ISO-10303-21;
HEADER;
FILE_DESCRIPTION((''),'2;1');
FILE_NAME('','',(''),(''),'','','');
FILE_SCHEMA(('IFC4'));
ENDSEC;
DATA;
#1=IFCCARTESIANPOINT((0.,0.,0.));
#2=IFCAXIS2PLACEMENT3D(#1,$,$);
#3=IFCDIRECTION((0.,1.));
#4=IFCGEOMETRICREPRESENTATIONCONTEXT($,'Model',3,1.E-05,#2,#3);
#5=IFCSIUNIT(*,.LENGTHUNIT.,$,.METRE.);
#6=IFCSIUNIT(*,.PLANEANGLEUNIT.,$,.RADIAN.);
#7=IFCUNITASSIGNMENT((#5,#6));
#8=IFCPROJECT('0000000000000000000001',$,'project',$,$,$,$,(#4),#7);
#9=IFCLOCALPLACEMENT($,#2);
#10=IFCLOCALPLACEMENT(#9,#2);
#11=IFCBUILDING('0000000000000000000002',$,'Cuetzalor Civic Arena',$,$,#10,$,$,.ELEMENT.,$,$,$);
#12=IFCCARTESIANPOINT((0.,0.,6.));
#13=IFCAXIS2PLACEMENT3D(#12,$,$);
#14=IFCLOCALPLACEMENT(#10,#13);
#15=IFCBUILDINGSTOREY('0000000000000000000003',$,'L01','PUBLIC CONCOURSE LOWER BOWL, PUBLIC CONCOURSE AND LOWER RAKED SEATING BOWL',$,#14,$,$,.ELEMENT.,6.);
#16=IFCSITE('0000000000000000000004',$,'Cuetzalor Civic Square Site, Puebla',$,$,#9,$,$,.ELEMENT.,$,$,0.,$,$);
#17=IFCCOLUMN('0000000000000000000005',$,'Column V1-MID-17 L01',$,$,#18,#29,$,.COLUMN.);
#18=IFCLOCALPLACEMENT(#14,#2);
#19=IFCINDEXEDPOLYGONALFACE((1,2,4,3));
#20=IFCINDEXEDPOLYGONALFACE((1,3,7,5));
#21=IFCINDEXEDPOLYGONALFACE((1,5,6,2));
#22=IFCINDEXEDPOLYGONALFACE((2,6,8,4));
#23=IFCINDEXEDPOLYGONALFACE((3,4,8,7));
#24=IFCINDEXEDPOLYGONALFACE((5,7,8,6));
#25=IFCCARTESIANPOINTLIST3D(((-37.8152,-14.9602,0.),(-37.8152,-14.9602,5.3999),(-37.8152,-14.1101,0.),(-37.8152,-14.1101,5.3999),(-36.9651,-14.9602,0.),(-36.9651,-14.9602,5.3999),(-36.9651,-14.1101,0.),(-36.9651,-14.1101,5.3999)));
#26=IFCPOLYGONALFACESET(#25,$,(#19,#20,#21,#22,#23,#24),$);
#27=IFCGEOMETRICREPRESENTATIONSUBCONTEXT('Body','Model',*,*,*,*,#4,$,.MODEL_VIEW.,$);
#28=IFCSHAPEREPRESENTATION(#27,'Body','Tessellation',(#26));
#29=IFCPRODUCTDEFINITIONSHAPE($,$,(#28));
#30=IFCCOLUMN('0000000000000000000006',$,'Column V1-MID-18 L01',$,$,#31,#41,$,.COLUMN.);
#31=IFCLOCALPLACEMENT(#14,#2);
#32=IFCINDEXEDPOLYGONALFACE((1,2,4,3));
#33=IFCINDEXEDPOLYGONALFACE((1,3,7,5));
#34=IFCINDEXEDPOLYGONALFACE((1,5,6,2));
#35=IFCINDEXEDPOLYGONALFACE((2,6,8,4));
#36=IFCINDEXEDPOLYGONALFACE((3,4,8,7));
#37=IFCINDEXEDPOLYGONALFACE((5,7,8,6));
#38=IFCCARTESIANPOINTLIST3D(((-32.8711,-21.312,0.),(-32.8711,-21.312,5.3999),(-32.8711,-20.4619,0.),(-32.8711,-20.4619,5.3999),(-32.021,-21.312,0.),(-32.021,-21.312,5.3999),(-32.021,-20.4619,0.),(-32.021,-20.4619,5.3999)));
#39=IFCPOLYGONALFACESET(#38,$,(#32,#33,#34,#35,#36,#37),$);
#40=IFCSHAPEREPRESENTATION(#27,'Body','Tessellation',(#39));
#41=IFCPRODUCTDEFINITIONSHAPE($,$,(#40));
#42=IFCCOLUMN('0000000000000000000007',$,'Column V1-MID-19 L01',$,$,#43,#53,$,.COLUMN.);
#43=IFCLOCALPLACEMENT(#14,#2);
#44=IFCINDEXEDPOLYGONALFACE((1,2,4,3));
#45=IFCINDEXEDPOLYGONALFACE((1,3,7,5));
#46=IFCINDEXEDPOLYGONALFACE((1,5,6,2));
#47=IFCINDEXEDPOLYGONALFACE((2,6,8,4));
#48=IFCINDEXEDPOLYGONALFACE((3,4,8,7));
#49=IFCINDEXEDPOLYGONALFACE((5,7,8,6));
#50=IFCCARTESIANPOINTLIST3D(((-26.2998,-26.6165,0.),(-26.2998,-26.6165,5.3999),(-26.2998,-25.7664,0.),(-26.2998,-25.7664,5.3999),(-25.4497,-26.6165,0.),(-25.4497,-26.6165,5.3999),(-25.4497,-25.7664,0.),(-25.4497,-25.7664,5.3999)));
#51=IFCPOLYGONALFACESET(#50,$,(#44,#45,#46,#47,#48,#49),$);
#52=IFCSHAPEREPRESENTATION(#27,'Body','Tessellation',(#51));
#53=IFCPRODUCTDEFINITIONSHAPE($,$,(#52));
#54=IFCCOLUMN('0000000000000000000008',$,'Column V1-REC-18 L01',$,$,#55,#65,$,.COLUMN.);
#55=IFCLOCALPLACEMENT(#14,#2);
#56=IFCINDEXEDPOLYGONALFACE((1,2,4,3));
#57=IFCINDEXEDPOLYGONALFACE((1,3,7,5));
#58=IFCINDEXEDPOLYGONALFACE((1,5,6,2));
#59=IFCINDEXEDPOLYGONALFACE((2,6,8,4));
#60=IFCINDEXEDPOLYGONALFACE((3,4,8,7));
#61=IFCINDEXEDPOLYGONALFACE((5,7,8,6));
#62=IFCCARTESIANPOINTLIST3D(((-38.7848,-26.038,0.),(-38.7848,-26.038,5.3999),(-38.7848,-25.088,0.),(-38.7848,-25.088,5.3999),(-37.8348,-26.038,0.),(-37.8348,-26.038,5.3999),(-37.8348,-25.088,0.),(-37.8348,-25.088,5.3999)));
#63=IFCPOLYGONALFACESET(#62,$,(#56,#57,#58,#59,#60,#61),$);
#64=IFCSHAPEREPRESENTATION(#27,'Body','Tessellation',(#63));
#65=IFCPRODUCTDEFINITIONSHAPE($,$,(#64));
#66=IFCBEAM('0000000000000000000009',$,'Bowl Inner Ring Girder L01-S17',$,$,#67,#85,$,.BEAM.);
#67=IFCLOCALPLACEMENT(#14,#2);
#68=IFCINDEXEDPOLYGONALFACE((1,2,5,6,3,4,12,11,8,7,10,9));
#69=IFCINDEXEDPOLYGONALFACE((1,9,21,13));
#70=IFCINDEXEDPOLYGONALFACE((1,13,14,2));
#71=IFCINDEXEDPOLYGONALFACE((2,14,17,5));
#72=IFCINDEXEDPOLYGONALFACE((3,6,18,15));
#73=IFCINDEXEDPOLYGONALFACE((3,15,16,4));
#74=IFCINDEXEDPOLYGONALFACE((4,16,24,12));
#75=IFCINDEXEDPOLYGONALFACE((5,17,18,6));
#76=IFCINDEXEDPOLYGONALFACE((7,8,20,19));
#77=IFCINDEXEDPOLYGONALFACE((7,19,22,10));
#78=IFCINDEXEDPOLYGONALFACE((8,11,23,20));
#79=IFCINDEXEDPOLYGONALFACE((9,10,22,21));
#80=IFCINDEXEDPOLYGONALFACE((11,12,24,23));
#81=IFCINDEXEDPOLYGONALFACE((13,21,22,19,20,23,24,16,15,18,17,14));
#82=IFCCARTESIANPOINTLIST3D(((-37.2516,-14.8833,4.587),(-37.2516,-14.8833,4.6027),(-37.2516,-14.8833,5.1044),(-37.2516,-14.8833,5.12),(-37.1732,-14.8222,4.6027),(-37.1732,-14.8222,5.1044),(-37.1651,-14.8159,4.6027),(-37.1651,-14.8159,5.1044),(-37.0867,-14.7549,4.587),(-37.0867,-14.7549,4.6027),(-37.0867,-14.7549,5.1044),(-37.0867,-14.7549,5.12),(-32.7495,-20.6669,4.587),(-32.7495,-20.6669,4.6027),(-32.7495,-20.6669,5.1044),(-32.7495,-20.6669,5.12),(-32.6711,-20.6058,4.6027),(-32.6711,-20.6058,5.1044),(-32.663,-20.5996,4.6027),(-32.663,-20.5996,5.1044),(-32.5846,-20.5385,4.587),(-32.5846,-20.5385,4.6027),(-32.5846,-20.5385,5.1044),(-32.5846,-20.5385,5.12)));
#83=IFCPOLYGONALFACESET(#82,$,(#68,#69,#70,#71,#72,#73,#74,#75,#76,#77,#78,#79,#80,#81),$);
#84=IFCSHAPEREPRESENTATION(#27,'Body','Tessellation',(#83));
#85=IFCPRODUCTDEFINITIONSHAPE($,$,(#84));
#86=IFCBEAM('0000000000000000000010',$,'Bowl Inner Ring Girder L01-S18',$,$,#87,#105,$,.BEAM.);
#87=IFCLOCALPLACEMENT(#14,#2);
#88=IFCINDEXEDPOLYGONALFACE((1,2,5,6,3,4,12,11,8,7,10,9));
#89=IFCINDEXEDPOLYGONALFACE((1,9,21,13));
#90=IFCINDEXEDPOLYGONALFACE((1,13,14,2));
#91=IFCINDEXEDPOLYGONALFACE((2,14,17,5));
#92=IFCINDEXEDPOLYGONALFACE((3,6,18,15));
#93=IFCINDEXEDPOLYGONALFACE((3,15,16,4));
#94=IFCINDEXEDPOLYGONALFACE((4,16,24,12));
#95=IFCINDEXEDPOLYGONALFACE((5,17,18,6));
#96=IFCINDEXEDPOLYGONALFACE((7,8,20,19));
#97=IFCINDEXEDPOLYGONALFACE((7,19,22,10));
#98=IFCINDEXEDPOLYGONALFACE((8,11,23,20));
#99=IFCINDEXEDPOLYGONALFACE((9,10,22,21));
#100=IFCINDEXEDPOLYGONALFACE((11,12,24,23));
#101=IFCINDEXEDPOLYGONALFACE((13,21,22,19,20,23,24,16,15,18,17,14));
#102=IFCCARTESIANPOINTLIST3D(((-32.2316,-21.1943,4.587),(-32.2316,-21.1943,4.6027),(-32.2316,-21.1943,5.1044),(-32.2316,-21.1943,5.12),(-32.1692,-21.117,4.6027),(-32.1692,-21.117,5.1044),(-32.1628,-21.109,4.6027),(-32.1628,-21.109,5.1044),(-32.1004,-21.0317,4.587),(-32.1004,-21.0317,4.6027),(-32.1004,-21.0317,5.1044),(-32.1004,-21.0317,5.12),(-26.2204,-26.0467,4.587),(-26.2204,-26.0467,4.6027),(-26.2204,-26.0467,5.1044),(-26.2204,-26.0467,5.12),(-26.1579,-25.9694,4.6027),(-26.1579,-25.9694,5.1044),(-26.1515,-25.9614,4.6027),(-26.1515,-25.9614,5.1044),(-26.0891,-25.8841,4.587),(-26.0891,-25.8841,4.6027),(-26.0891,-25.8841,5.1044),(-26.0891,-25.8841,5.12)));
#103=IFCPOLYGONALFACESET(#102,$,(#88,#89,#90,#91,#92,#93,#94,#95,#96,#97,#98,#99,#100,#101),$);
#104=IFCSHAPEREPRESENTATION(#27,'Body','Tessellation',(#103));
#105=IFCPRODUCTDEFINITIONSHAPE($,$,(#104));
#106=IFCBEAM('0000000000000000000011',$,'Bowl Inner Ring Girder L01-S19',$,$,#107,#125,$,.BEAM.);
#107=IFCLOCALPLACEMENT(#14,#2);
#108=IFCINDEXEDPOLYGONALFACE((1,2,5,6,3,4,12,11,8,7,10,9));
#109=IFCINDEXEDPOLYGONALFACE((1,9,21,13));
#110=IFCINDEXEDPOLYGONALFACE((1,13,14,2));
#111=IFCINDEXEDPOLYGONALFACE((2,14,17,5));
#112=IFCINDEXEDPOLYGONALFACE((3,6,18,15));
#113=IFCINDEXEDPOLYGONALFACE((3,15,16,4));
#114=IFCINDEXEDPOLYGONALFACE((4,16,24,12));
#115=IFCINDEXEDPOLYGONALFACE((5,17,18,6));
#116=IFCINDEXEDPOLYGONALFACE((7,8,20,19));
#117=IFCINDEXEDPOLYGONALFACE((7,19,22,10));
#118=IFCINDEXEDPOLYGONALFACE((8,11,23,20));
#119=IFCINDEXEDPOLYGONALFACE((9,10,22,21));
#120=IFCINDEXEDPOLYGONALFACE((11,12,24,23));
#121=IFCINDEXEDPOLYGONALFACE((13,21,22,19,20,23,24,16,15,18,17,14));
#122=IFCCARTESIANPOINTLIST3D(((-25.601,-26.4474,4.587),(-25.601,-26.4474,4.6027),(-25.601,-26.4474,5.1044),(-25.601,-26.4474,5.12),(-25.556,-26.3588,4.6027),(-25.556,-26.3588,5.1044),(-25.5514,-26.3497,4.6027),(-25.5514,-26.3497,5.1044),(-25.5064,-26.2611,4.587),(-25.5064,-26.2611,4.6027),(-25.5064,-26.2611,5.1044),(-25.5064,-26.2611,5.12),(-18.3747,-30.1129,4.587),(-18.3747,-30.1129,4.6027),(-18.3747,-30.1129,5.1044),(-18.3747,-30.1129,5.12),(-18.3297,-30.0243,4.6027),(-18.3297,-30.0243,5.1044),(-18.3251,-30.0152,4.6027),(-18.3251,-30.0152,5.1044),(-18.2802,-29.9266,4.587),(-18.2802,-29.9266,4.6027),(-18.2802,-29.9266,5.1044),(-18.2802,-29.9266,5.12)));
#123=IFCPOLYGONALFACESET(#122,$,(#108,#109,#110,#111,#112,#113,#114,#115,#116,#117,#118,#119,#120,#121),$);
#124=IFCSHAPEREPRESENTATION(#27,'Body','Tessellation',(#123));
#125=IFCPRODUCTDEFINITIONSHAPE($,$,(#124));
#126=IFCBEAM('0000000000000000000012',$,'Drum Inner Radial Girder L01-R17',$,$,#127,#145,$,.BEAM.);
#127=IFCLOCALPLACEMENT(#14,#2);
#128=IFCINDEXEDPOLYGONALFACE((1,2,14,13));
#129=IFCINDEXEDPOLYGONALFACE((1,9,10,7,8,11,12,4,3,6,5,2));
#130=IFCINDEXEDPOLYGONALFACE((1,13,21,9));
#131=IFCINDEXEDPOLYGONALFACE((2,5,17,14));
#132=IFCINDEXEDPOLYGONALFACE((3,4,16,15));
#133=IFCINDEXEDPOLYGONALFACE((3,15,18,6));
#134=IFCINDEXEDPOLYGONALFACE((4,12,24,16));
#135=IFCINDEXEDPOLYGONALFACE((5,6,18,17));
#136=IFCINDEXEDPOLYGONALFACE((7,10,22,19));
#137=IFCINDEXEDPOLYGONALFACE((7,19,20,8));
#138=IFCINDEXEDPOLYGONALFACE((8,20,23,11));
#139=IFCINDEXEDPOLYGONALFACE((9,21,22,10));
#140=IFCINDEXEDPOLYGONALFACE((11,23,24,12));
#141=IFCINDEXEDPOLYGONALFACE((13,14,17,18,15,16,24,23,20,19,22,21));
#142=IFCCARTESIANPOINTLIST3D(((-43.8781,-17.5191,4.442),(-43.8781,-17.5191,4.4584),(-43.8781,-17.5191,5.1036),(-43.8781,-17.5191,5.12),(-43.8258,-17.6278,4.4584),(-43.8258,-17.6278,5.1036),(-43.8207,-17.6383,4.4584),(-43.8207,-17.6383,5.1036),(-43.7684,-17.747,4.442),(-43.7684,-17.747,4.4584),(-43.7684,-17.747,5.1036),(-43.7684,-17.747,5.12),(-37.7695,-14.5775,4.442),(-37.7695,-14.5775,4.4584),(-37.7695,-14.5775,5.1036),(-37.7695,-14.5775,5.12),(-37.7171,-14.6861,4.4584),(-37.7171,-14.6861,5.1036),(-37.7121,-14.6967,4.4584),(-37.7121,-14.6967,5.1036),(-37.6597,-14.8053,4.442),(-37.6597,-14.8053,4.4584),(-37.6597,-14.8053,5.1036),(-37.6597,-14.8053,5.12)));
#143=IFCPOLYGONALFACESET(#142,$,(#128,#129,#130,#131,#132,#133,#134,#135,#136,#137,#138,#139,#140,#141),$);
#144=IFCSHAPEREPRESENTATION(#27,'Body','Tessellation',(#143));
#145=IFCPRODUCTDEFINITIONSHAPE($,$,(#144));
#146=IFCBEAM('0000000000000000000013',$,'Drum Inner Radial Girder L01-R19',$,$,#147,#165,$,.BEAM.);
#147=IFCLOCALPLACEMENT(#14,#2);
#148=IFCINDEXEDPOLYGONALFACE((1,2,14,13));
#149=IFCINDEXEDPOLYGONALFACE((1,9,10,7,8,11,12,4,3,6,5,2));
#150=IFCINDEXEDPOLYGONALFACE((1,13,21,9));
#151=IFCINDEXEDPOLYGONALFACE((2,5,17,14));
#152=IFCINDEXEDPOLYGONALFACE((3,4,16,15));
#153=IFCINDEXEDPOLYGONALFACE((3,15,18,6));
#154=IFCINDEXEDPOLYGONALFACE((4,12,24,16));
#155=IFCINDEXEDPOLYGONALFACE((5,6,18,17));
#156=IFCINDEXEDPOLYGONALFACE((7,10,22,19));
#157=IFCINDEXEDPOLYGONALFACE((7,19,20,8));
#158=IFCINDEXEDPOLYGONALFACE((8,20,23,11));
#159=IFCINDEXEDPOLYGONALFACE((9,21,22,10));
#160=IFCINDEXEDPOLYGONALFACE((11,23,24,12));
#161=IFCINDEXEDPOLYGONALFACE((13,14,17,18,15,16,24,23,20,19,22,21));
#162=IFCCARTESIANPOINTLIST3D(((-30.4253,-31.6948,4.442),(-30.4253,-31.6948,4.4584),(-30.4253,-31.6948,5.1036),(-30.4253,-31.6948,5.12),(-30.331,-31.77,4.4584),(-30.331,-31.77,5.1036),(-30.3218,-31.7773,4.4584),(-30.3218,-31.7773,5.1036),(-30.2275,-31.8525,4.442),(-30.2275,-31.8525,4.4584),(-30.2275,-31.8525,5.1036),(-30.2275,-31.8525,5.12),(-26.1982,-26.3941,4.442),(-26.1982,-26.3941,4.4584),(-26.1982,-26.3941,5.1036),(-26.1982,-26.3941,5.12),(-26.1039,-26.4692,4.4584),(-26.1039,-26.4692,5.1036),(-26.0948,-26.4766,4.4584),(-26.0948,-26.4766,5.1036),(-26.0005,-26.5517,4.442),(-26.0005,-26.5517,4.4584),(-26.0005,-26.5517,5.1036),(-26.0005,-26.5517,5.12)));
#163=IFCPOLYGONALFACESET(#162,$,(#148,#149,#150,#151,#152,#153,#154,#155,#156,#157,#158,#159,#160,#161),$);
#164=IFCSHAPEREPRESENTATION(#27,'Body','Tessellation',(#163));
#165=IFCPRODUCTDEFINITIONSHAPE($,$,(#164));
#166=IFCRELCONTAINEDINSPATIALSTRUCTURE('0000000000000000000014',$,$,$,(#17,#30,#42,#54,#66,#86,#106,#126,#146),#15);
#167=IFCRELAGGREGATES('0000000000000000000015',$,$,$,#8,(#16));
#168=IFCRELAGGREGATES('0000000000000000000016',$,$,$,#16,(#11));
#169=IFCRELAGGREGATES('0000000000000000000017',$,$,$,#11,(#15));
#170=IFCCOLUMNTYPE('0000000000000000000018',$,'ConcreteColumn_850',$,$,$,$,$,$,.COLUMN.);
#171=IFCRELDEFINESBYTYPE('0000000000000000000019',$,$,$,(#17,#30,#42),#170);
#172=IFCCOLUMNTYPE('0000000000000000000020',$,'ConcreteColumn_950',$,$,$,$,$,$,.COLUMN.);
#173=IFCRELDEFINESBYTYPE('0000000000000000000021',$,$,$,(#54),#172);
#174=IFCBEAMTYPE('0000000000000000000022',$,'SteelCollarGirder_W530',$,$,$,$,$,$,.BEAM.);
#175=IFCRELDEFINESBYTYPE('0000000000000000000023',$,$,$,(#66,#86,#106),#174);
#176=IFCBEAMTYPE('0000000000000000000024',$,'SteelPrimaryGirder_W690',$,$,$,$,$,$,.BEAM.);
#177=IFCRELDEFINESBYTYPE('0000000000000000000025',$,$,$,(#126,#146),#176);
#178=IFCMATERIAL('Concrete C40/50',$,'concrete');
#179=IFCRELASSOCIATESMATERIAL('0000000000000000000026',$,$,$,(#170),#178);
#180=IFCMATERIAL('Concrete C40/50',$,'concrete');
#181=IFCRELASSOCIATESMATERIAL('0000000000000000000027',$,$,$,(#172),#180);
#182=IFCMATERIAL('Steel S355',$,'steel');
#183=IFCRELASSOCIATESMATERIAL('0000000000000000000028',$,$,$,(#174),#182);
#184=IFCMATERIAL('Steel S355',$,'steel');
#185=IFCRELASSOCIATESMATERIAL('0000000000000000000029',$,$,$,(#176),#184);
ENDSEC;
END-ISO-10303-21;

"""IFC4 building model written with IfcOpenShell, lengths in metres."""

from ifc_helpers import new_model, si_unit, direction, frame, origin, origin_2d, place, context, subcontext, project, spatial, rectangle, i_section, extrude, material, material_profile, profile_set, type_object, element, save


model = new_model("IFC4")

# Units and contexts
model_context = context("Model", 3, precision=1e-05, world=origin(), true_north=direction((0.0, 1.0)))
body_context = subcontext(model_context, "Body", "Model", "MODEL_VIEW")
ifc_project = project(units=[si_unit("LENGTHUNIT", "METRE"), si_unit("PLANEANGLEUNIT", "RADIAN")], contexts=[model_context])

# Site, building, storey
site_placement = place(None, origin())
site = spatial("IfcSite", under=ifc_project, at=site_placement, Name="Cuetzalor Civic Square Site, Puebla", CompositionType="ELEMENT", RefElevation=0.0)
building_placement = place(site_placement, origin())
building = spatial("IfcBuilding", under=site, at=building_placement, Name="Cuetzalor Civic Arena", CompositionType="ELEMENT")
storey_placement = place(building_placement, frame((0.0, 0.0, 6.0)))
storey = spatial("IfcBuildingStorey", under=building, at=storey_placement, Name="L01", Description="PUBLIC CONCOURSE LOWER BOWL, PUBLIC CONCOURSE AND LOWER RAKED SEATING BOWL", CompositionType="ELEMENT", Elevation=6.0)

# Columns
ifc_material_1 = material(Name="Concrete C40/50", Category="concrete")
ifc_material_profile_1 = material_profile(ifc_material_1, rectangle(XDim=0.8501, YDim=0.8501, at=origin_2d()), Name="RC 850x850")
ifc_profile_set_1 = profile_set([ifc_material_profile_1], Name="Concrete C40/50")
column_type_1 = type_object("IfcColumnType", Name="ConcreteColumn_850", PredefinedType="COLUMN", material=ifc_profile_set_1)
for number, where, z_axis, x_axis, name in (
    (1, (-37.3901, -14.5352, 0.0), (0.0, 0.0, 1.0), (1.0, 0.0, 0.0), "Column V1-MID-17 L01"),
    (2, (-32.446, -20.887, 0.0), (0.0, 0.0, 1.0), (1.0, 0.0, 0.0), "Column V1-MID-18 L01"),
    (3, (-25.8748, -26.1914, 0.0), (0.0, 0.0, 1.0), (1.0, 0.0, 0.0), "Column V1-MID-19 L01"),
):
    element("IfcColumn", number, at=place(storey_placement, frame(where, z_axis=z_axis, x_axis=x_axis)), inside=storey, type_object=column_type_1, Name=name, PredefinedType="COLUMN", context=body_context, shape_type="SweptSolid", body=[
        extrude(rectangle(XDim=0.8501, YDim=0.8501, at=origin_2d()), origin(), (0.0, 0.0, 1.0), 5.3999),
    ])
ifc_material_2 = material(Name="Concrete C40/50", Category="concrete")
ifc_material_profile_2 = material_profile(ifc_material_2, rectangle(XDim=0.95, YDim=0.95, at=origin_2d()), Name="RC 950x950")
ifc_profile_set_2 = profile_set([ifc_material_profile_2], Name="Concrete C40/50")
column_type_2 = type_object("IfcColumnType", Name="ConcreteColumn_950", PredefinedType="COLUMN", material=ifc_profile_set_2)
column_placement = place(storey_placement, frame((-38.3098, -25.563, 0.0), z_axis=(0.0, 0.0, 1.0), x_axis=(1.0, 0.0, 0.0)))
element("IfcColumn", 4, at=column_placement, inside=storey, type_object=column_type_2, Name="Column V1-REC-18 L01", PredefinedType="COLUMN", context=body_context, shape_type="SweptSolid", body=[
    extrude(rectangle(XDim=0.95, YDim=0.95, at=origin_2d()), origin(), (0.0, 0.0, 1.0), 5.3999),
])

# Beams
ifc_material_3 = material(Name="Steel S355", Category="steel")
ifc_material_profile_3 = material_profile(ifc_material_3, i_section(OverallWidth=0.209, OverallDepth=0.533, WebThickness=0.0103, FlangeThickness=0.0156, at=origin_2d()), Name="W530x92")
ifc_profile_set_3 = profile_set([ifc_material_profile_3], Name="Steel S355")
beam_type_1 = type_object("IfcBeamType", Name="SteelCollarGirder_W530", PredefinedType="BEAM", material=ifc_profile_set_3)
beam_1_placement = place(storey_placement, frame((-37.1692, -14.8191, 4.8535), z_axis=(0.614261, -0.789103, 0.0), x_axis=(0.789103, 0.614261, 0.0)))
element("IfcBeam", 5, at=beam_1_placement, inside=storey, type_object=beam_type_1, Name="Bowl Inner Ring Girder L01-S17", PredefinedType="BEAM", context=body_context, shape_type="SweptSolid", body=[
    extrude(i_section(OverallWidth=0.209, OverallDepth=0.533, WebThickness=0.0103, FlangeThickness=0.0156, at=origin_2d()), origin(), (0.0, 0.0, 1.0), 7.3293),
])
beam_2_placement = place(storey_placement, frame((-32.166, -21.113, 4.8535), z_axis=(0.778127, -0.628108, 0.0), x_axis=(0.628108, 0.778127, 0.0)))
element("IfcBeam", 6, at=beam_2_placement, inside=storey, type_object=beam_type_1, Name="Bowl Inner Ring Girder L01-S18", PredefinedType="BEAM", context=body_context, shape_type="SweptSolid", body=[
    extrude(i_section(OverallWidth=0.209, OverallDepth=0.533, WebThickness=0.0103, FlangeThickness=0.0156, at=origin_2d()), origin(), (0.0, 0.0, 1.0), 7.7253),
])
beam_3_placement = place(storey_placement, frame((-25.5537, -26.3542, 4.8535), z_axis=(0.891827, -0.452376, 0.0), x_axis=(0.452376, 0.891827, 0.0)))
element("IfcBeam", 7, at=beam_3_placement, inside=storey, type_object=beam_type_1, Name="Bowl Inner Ring Girder L01-S19", PredefinedType="BEAM", context=body_context, shape_type="SweptSolid", body=[
    extrude(i_section(OverallWidth=0.209, OverallDepth=0.533, WebThickness=0.0103, FlangeThickness=0.0156, at=origin_2d()), origin(), (0.0, 0.0, 1.0), 8.1028),
])
ifc_material_4 = material(Name="Steel S355", Category="steel")
ifc_material_profile_4 = material_profile(ifc_material_4, i_section(OverallWidth=0.2529, OverallDepth=0.678, WebThickness=0.0117, FlangeThickness=0.0164, at=origin_2d()), Name="W690x125")
ifc_profile_set_4 = profile_set([ifc_material_profile_4], Name="Steel S355")
beam_type_2 = type_object("IfcBeamType", Name="SteelPrimaryGirder_W690", PredefinedType="BEAM", material=ifc_profile_set_4)
beam_4_placement = place(storey_placement, frame((-37.7146, -14.6914, 4.781), z_axis=(-0.900976, -0.43387, 0.0), x_axis=(0.43387, -0.900976, 0.0)))
element("IfcBeam", 8, at=beam_4_placement, inside=storey, type_object=beam_type_2, Name="Drum Inner Radial Girder L01-R17", PredefinedType="BEAM", context=body_context, shape_type="SweptSolid", body=[
    extrude(i_section(OverallWidth=0.2529, OverallDepth=0.678, WebThickness=0.0117, FlangeThickness=0.0164, at=origin_2d()), origin(), (0.0, 0.0, 1.0), 6.78),
])
beam_5_placement = place(storey_placement, frame((-26.0994, -26.4729, 4.781), z_axis=(-0.623473, -0.781845, 0.0), x_axis=(0.781845, -0.623473, 0.0)))
element("IfcBeam", 9, at=beam_5_placement, inside=storey, type_object=beam_type_2, Name="Drum Inner Radial Girder L01-R19", PredefinedType="BEAM", context=body_context, shape_type="SweptSolid", body=[
    extrude(i_section(OverallWidth=0.2529, OverallDepth=0.678, WebThickness=0.0117, FlangeThickness=0.0164, at=origin_2d()), origin(), (0.0, 0.0, 1.0), 6.7798),
])

save(model, "model.ifc")
